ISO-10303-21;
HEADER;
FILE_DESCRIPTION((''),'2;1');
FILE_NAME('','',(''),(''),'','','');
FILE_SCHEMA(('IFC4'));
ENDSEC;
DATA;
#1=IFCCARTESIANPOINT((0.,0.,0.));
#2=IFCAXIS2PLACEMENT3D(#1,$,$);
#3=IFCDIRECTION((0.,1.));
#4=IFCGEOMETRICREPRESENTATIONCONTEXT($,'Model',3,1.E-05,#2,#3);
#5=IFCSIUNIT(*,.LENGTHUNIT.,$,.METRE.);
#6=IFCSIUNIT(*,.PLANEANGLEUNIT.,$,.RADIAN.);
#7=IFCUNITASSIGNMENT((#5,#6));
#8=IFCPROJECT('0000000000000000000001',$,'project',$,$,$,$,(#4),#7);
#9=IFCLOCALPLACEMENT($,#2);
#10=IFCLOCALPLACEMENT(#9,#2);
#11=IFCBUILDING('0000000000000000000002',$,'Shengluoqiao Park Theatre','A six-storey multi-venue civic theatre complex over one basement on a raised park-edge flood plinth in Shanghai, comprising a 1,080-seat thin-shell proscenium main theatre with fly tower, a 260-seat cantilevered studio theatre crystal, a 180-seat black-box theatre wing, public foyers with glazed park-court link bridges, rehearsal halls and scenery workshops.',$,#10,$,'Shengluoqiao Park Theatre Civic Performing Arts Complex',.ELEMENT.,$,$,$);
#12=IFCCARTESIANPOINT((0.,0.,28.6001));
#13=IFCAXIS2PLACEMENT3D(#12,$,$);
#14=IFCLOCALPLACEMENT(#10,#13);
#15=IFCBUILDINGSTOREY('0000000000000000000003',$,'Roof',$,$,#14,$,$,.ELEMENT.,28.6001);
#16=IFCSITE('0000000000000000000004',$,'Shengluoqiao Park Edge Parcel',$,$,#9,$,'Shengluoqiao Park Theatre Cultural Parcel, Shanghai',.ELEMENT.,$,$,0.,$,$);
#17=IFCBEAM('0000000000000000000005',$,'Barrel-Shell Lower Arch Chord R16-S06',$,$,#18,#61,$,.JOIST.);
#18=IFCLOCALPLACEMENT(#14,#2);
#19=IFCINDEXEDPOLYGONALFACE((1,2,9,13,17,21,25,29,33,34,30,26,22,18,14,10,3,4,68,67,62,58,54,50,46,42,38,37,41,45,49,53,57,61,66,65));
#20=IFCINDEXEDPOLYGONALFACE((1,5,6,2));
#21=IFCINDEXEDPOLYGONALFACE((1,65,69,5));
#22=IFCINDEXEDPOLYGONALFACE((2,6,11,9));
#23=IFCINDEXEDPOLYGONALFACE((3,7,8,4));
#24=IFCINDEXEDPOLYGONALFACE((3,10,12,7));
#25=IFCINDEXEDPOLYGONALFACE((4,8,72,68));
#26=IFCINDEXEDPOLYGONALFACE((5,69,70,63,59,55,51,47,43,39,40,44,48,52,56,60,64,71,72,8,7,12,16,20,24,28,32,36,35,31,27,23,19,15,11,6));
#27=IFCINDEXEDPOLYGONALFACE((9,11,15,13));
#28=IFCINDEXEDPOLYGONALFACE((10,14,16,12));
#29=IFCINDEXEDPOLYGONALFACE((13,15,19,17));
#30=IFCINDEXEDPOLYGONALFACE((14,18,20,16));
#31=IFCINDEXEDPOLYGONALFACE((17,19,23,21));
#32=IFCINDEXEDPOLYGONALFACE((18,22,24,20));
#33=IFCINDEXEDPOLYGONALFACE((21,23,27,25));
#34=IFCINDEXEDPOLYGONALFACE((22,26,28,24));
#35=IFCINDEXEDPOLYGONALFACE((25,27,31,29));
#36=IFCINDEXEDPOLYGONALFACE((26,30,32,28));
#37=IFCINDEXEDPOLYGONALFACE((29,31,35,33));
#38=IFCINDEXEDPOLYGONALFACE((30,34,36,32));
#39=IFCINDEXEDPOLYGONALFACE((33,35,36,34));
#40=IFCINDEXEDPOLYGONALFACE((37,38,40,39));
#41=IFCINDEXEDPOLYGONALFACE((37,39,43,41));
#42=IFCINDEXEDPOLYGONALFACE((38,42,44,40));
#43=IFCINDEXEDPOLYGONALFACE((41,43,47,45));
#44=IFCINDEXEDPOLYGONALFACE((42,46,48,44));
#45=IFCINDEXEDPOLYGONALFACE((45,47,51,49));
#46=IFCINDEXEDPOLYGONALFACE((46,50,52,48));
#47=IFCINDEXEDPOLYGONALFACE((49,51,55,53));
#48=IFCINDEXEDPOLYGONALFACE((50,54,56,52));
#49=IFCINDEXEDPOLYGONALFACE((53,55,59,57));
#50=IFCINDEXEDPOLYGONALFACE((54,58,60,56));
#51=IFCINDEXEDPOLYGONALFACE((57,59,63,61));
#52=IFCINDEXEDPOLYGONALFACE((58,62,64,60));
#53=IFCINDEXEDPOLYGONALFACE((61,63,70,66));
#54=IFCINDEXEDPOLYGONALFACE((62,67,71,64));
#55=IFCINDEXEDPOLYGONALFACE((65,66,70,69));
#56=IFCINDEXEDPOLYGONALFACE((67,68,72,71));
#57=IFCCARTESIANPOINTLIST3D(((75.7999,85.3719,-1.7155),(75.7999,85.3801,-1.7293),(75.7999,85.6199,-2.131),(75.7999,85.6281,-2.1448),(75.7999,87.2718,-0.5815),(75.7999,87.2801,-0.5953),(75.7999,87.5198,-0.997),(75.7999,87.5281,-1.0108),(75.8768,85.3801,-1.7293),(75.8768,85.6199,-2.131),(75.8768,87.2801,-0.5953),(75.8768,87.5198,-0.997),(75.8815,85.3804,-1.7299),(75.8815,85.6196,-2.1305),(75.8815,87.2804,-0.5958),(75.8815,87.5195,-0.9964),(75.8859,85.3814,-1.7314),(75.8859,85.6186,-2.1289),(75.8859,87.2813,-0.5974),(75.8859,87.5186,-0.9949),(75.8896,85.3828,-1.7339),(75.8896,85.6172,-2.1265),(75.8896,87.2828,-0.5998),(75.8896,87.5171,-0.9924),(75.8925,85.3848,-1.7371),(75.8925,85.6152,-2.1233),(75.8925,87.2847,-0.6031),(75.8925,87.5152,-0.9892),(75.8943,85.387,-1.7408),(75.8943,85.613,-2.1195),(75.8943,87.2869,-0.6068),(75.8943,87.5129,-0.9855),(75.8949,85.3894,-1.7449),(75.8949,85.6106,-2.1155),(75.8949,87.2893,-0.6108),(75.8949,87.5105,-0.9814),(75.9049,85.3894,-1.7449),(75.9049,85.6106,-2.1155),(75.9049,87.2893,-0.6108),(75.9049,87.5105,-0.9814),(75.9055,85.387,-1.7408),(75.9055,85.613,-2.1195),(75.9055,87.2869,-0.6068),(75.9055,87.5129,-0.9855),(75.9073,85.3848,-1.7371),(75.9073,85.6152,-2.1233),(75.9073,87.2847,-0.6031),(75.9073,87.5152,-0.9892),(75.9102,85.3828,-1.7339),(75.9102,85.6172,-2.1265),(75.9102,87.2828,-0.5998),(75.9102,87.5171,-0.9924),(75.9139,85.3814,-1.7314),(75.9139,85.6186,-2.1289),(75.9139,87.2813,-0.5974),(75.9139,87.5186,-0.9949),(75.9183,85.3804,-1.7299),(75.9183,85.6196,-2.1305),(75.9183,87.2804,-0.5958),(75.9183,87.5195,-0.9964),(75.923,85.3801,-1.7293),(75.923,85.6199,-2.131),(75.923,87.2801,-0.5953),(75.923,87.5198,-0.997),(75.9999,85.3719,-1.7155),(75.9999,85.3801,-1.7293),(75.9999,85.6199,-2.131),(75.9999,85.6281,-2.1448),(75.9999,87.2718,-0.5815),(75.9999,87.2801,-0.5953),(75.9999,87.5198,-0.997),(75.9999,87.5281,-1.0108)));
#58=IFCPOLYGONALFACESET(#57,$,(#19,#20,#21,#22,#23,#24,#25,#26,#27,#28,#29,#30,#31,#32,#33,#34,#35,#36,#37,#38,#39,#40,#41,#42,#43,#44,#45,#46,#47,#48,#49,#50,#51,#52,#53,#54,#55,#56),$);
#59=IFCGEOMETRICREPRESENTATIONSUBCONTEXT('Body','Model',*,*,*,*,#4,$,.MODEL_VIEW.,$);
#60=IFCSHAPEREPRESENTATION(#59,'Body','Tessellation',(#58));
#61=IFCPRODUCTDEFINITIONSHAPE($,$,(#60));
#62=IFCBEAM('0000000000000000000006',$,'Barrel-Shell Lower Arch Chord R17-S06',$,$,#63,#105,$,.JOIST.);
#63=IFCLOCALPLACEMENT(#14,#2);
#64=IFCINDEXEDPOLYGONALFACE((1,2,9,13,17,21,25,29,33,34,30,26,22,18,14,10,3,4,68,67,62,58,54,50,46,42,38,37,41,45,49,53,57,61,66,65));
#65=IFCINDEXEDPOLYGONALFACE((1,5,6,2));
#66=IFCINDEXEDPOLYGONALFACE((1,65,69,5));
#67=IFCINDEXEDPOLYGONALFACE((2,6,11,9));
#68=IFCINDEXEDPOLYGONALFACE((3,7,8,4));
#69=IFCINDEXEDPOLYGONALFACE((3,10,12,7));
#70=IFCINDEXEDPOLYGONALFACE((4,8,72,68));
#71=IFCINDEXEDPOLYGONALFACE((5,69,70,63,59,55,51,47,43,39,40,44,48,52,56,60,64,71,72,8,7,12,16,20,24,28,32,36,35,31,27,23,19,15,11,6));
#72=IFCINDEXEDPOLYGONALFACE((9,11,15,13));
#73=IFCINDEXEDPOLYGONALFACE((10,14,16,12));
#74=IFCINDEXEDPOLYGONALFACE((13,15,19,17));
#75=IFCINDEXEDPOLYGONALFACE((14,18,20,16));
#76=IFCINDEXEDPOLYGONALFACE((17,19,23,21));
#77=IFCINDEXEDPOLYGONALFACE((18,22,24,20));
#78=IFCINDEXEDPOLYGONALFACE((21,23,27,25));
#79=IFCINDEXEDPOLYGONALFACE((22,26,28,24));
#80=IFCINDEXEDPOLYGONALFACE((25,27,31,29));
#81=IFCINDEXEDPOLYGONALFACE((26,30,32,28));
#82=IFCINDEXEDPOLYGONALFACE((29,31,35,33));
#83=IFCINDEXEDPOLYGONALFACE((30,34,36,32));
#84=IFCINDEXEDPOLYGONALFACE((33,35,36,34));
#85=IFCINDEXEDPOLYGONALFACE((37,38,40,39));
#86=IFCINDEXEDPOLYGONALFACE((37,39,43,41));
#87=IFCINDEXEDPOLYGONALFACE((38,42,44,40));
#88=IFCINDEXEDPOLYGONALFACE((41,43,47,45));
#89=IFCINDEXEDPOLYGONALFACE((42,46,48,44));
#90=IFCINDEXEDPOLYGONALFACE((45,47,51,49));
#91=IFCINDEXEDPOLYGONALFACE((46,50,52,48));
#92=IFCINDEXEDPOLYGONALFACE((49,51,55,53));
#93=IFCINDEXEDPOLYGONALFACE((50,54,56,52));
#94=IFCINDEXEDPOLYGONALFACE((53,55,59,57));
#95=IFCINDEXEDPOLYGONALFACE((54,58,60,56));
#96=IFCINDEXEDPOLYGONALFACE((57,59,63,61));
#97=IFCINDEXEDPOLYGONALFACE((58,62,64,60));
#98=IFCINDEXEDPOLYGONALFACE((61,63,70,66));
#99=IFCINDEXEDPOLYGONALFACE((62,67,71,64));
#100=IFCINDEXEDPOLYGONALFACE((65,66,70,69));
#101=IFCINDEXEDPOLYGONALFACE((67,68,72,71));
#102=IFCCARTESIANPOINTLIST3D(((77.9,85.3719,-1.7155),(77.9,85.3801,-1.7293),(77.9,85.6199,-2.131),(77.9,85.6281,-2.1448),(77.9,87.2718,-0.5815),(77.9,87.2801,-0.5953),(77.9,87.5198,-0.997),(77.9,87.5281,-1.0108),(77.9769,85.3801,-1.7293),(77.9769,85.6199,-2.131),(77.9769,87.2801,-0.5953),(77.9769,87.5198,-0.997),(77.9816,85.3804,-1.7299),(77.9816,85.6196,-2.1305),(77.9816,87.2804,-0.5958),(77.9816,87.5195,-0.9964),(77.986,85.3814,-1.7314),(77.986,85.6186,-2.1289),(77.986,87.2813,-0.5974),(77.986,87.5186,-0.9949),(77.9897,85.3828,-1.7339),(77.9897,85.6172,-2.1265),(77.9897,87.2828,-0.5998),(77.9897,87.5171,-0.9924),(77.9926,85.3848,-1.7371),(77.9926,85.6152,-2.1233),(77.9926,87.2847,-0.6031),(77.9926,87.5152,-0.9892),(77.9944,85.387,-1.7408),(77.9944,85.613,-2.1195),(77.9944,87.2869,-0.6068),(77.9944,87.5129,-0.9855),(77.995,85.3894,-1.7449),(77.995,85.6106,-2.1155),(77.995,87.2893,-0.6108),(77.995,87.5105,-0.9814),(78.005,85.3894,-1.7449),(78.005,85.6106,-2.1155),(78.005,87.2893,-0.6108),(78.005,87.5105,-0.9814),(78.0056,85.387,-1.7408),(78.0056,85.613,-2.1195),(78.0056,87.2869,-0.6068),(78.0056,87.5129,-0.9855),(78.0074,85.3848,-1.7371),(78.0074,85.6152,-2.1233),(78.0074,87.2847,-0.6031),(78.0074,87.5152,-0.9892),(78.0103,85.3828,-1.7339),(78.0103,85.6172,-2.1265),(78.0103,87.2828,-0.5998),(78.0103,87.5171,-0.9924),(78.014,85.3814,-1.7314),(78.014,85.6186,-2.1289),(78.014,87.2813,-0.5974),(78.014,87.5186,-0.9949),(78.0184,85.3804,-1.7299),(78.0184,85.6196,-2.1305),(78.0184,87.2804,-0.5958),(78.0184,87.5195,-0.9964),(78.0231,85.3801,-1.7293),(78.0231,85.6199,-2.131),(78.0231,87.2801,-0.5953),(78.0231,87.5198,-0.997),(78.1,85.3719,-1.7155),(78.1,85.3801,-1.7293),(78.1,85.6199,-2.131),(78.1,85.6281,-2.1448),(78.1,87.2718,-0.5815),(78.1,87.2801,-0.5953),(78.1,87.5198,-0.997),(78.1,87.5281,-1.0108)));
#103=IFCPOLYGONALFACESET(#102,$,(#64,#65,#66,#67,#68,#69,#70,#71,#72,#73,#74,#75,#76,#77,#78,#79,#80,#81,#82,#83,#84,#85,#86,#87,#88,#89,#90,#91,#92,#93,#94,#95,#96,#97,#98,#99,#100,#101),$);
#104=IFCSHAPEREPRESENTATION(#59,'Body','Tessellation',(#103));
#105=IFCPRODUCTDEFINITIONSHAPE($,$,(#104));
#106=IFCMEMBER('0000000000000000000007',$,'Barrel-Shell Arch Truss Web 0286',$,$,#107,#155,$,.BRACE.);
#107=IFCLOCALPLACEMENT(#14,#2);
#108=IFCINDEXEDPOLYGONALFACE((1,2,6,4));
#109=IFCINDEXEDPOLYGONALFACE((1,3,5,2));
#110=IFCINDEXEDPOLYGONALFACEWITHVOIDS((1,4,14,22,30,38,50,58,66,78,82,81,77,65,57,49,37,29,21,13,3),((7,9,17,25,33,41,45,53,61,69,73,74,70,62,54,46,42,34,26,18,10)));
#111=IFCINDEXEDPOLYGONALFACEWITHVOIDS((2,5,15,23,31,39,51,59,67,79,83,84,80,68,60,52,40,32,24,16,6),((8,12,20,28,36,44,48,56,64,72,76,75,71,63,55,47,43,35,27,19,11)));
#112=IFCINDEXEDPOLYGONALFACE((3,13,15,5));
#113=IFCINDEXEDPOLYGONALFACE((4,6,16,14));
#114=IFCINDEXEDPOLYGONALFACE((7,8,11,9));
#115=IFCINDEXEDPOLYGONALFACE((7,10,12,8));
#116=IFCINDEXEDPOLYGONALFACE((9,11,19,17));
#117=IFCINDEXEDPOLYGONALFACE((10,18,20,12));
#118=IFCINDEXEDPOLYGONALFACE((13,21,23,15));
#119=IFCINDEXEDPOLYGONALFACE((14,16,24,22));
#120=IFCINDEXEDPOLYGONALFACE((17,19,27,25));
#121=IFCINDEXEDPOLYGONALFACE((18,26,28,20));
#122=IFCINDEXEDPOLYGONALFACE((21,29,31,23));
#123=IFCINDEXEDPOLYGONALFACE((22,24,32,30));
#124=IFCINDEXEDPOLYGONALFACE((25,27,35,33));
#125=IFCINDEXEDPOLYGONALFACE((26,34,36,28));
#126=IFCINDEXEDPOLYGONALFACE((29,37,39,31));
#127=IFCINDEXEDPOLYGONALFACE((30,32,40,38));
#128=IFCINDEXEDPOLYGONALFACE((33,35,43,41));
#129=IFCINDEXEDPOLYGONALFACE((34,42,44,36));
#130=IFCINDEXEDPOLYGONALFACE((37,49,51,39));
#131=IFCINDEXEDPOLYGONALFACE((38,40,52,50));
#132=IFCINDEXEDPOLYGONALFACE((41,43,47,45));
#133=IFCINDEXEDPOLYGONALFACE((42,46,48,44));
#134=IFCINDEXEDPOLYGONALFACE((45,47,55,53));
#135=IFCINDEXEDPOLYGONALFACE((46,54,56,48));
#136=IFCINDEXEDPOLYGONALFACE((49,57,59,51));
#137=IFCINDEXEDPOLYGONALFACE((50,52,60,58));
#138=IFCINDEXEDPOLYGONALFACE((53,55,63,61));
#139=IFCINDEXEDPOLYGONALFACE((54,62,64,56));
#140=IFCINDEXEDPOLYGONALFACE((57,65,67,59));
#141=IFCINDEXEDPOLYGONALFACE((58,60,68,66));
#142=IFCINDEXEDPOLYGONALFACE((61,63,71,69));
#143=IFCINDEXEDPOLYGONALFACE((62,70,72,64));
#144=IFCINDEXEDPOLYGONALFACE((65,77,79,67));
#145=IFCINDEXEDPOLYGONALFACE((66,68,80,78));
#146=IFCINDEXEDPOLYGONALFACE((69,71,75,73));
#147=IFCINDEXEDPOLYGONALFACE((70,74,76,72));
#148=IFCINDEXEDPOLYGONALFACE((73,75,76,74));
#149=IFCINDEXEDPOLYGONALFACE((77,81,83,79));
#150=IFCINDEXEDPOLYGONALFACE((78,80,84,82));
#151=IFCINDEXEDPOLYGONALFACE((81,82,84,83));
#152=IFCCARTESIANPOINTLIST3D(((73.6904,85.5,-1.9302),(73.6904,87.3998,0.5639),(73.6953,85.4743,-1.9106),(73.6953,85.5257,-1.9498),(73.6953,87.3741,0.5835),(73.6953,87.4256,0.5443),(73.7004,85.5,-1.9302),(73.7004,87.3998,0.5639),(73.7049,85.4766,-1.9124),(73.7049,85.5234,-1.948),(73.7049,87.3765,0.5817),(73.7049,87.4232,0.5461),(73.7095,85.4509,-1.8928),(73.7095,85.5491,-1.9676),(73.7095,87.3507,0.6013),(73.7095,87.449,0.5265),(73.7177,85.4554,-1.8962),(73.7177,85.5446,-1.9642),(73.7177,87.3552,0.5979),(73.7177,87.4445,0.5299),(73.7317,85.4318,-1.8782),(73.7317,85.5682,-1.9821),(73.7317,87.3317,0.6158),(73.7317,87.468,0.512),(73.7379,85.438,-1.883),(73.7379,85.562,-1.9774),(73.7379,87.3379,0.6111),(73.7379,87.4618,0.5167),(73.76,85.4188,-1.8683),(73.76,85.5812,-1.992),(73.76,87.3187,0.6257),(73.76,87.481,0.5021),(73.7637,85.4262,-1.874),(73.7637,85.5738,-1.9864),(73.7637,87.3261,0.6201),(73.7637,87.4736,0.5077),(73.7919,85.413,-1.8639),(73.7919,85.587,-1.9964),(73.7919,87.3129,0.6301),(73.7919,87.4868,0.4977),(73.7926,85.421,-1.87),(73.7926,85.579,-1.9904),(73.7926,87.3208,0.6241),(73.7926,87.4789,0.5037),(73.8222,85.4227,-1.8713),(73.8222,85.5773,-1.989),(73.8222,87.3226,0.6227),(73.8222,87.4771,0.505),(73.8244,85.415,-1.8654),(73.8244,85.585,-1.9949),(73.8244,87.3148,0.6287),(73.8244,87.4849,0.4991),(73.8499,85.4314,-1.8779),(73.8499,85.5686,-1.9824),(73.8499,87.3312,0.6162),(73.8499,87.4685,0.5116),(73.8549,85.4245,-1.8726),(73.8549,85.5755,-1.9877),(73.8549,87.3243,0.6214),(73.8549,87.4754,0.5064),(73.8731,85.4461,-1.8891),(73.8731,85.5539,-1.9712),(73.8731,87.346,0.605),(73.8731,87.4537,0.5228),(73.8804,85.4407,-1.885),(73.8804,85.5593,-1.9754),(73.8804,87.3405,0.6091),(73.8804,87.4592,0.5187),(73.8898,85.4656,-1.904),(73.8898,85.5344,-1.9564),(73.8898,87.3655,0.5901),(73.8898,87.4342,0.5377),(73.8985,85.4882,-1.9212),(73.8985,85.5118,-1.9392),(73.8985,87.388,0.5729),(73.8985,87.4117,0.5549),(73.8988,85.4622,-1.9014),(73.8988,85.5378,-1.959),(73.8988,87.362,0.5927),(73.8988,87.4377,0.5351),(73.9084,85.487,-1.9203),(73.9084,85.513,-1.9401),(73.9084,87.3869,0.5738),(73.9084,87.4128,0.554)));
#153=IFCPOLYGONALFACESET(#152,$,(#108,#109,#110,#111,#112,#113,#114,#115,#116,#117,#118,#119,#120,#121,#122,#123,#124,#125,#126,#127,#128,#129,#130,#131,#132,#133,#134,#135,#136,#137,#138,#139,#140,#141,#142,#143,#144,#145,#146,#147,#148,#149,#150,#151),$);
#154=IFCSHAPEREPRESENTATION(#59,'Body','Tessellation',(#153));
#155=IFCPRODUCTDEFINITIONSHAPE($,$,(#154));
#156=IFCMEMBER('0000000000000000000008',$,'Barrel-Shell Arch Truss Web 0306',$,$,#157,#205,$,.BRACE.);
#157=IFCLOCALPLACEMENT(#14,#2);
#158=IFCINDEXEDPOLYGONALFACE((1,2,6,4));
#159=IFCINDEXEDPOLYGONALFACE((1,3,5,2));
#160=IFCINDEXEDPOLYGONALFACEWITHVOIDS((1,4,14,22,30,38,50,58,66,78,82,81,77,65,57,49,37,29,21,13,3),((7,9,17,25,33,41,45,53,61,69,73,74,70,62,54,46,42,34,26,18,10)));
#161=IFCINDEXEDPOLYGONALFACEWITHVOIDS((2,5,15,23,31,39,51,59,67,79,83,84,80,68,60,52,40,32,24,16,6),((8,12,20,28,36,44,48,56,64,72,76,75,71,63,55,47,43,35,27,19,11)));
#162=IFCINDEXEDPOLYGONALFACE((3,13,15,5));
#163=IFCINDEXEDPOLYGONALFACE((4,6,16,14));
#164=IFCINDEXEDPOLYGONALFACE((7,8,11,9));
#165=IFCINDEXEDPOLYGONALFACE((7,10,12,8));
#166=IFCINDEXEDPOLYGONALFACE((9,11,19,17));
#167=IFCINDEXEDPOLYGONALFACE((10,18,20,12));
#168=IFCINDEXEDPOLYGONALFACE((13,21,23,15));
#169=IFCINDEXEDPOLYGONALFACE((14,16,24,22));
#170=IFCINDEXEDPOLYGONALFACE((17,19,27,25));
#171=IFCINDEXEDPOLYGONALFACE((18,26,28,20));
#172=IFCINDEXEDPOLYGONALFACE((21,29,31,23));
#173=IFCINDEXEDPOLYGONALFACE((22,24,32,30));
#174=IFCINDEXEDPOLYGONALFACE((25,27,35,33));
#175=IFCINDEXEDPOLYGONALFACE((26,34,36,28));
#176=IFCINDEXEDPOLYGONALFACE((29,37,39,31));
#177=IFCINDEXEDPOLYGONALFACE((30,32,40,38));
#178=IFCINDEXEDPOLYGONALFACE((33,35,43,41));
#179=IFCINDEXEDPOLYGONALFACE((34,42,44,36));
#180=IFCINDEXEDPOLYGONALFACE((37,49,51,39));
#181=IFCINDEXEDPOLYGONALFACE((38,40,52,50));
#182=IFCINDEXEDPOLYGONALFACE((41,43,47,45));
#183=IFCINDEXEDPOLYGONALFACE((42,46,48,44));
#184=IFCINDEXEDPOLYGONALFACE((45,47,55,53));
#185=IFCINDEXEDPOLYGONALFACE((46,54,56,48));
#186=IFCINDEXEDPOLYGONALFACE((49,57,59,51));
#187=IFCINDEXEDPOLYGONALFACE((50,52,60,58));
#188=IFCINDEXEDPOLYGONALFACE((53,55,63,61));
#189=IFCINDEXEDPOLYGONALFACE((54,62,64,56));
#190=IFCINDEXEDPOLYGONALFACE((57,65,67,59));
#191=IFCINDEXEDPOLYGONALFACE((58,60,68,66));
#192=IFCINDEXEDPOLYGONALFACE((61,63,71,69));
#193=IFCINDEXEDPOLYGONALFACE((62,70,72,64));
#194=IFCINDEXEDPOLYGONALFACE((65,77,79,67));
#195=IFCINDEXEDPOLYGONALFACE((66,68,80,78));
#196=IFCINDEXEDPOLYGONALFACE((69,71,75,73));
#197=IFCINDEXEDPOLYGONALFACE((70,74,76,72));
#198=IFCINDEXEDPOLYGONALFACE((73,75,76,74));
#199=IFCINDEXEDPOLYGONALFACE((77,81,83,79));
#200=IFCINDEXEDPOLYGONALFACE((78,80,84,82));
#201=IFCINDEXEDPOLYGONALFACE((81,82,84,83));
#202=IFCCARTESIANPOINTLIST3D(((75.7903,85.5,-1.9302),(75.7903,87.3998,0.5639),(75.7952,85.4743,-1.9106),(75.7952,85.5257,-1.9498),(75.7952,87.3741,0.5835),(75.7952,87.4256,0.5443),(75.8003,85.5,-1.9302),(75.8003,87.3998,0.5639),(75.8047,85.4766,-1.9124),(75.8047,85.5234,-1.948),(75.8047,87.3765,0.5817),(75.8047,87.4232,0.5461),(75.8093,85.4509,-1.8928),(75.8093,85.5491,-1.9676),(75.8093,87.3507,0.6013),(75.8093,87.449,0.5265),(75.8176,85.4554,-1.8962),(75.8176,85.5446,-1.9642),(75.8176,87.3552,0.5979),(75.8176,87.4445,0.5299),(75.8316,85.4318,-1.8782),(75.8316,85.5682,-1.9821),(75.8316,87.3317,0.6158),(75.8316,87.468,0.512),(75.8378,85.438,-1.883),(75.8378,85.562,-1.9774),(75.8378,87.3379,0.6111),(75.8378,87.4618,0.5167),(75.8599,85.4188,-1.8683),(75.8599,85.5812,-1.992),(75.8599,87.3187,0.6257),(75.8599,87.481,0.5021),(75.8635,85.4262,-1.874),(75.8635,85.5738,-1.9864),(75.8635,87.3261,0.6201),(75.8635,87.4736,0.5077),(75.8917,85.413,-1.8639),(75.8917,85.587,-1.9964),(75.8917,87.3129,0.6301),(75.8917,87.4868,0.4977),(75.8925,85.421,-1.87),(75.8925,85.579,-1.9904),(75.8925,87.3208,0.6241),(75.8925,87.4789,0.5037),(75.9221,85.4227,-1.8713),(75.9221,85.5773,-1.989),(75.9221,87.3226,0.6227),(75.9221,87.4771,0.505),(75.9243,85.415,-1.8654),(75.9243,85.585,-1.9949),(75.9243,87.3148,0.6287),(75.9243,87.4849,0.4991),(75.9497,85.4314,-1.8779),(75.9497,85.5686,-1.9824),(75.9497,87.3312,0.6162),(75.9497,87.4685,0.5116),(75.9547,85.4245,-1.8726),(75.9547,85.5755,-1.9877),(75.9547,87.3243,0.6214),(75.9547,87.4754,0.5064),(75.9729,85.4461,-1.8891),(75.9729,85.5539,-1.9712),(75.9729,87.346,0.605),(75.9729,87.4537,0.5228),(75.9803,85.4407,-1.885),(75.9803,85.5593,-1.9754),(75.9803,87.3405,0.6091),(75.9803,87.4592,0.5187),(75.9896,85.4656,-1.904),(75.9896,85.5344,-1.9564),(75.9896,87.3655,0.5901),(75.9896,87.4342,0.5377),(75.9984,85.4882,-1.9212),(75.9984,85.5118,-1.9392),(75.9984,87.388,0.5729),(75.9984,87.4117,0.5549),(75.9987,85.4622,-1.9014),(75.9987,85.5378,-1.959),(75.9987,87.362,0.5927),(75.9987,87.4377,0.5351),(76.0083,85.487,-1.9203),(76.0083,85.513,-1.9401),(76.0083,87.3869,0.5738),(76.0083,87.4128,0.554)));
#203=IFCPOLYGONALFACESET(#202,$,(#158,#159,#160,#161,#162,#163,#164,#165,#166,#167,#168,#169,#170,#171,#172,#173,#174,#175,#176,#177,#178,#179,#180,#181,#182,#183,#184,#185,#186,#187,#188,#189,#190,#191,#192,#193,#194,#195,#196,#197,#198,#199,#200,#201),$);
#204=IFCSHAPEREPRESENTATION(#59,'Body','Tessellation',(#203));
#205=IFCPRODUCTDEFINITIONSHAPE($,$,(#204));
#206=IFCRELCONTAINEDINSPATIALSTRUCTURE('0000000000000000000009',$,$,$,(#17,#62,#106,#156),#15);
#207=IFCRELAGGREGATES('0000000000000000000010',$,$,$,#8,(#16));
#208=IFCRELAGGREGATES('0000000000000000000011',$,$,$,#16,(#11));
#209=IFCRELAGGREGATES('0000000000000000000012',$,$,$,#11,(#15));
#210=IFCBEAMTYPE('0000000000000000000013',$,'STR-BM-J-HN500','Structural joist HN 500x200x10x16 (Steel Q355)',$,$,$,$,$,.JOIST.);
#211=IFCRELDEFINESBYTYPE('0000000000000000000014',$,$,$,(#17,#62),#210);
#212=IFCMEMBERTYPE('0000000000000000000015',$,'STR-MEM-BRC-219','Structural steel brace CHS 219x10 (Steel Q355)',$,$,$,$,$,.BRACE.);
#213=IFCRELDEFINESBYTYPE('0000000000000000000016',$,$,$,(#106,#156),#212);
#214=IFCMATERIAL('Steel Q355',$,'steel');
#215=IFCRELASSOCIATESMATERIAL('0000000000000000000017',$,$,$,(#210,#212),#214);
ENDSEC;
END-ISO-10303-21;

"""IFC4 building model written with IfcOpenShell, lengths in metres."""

from ifc_helpers import new_model, si_unit, direction, frame, origin, origin_2d, place, context, subcontext, project, spatial, hollow_circle, i_section, extrude, material, material_profile, profile_set, type_object, element, save


model = new_model("IFC4")

# Units and contexts
model_context = context("Model", 3, precision=1e-05, world=origin(), true_north=direction((0.0, 1.0)))
body_context = subcontext(model_context, "Body", "Model", "MODEL_VIEW")
ifc_project = project(units=[si_unit("LENGTHUNIT", "METRE"), si_unit("PLANEANGLEUNIT", "RADIAN")], contexts=[model_context])

# Site, building, storey
site_placement = place(None, origin())
site = spatial("IfcSite", under=ifc_project, at=site_placement, Name="Shengluoqiao Park Edge Parcel", LongName="Shengluoqiao Park Theatre Cultural Parcel, Shanghai", CompositionType="ELEMENT", RefElevation=0.0)
building_placement = place(site_placement, origin())
building = spatial("IfcBuilding", under=site, at=building_placement, Name="Shengluoqiao Park Theatre", Description="A six-storey multi-venue civic theatre complex over one basement on a raised park-edge flood plinth in Shanghai, comprising a 1,080-seat thin-shell proscenium main theatre with fly tower, a 260-seat cantilevered studio theatre crystal, a 180-seat black-box theatre wing, public foyers with glazed park-court link bridges, rehearsal halls and scenery workshops.", LongName="Shengluoqiao Park Theatre Civic Performing Arts Complex", CompositionType="ELEMENT")
storey_placement = place(building_placement, frame((0.0, 0.0, 28.6001)))
storey = spatial("IfcBuildingStorey", under=building, at=storey_placement, Name="Roof", CompositionType="ELEMENT", Elevation=28.6001)

# Beams
ifc_material = material(Name="Steel Q355", Category="steel")
ifc_material_profile_1 = material_profile(ifc_material, i_section(OverallWidth=0.2, OverallDepth=0.5, WebThickness=0.01, FlangeThickness=0.0161, FilletRadius=0.0181, at=origin_2d()), Name="HN 500x200x10x16")
ifc_profile_set_1 = profile_set([ifc_material_profile_1], Name="Steel Q355")
beam_type_1 = type_object("IfcBeamType", Name="STR-BM-J-HN500", Description="Structural joist HN 500x200x10x16 (Steel Q355)", PredefinedType="JOIST", material=ifc_profile_set_1)
for number, where, z_axis, x_axis, name in (
    (1, (75.8999, 85.5, -1.9302), (0.0, 0.858669, 0.512531), (-1.0, 0.0, 0.0), "Barrel-Shell Lower Arch Chord R16-S06"),
    (2, (78.0, 85.5, -1.9302), (0.0, 0.858669, 0.512531), (-1.0, 0.0, 0.0), "Barrel-Shell Lower Arch Chord R17-S06"),
):
    element("IfcBeam", number, at=place(storey_placement, frame(where, z_axis=z_axis, x_axis=x_axis)), inside=storey, type_object=beam_type_1, Name=name, PredefinedType="JOIST", context=body_context, shape_type="SweptSolid", body=[
        extrude(i_section(OverallWidth=0.2, OverallDepth=0.5, WebThickness=0.01, FlangeThickness=0.0161, FilletRadius=0.0181, at=origin_2d()), origin(), (0.0, 0.0, 1.0), 2.2126),
    ])

# Members
ifc_material_profile_2 = material_profile(ifc_material, hollow_circle(Radius=0.1096, WallThickness=0.01, at=origin_2d()), Name="CHS 219x10")
ifc_profile_set_2 = profile_set([ifc_material_profile_2], Name="Steel Q355")
member_type_1 = type_object("IfcMemberType", Name="STR-MEM-BRC-219", Description="Structural steel brace CHS 219x10 (Steel Q355)", PredefinedType="BRACE", material=ifc_profile_set_2)
for number, where, z_axis, x_axis, name in (
    (3, (73.8, 85.5, -1.9302), (0.0, 0.605963, 0.795492), (-1.0, 0.0, 0.0), "Barrel-Shell Arch Truss Web 0286"),
    (4, (75.8999, 85.5, -1.9302), (0.0, 0.605963, 0.795492), (-1.0, 0.0, 0.0), "Barrel-Shell Arch Truss Web 0306"),
):
    element("IfcMember", number, at=place(storey_placement, frame(where, z_axis=z_axis, x_axis=x_axis)), inside=storey, type_object=member_type_1, Name=name, PredefinedType="BRACE", context=body_context, shape_type="SweptSolid", body=[
        extrude(hollow_circle(Radius=0.1096, WallThickness=0.01, at=origin_2d()), origin(), (0.0, 0.0, 1.0), 3.1353),
    ])

save(model, "model.ifc")
